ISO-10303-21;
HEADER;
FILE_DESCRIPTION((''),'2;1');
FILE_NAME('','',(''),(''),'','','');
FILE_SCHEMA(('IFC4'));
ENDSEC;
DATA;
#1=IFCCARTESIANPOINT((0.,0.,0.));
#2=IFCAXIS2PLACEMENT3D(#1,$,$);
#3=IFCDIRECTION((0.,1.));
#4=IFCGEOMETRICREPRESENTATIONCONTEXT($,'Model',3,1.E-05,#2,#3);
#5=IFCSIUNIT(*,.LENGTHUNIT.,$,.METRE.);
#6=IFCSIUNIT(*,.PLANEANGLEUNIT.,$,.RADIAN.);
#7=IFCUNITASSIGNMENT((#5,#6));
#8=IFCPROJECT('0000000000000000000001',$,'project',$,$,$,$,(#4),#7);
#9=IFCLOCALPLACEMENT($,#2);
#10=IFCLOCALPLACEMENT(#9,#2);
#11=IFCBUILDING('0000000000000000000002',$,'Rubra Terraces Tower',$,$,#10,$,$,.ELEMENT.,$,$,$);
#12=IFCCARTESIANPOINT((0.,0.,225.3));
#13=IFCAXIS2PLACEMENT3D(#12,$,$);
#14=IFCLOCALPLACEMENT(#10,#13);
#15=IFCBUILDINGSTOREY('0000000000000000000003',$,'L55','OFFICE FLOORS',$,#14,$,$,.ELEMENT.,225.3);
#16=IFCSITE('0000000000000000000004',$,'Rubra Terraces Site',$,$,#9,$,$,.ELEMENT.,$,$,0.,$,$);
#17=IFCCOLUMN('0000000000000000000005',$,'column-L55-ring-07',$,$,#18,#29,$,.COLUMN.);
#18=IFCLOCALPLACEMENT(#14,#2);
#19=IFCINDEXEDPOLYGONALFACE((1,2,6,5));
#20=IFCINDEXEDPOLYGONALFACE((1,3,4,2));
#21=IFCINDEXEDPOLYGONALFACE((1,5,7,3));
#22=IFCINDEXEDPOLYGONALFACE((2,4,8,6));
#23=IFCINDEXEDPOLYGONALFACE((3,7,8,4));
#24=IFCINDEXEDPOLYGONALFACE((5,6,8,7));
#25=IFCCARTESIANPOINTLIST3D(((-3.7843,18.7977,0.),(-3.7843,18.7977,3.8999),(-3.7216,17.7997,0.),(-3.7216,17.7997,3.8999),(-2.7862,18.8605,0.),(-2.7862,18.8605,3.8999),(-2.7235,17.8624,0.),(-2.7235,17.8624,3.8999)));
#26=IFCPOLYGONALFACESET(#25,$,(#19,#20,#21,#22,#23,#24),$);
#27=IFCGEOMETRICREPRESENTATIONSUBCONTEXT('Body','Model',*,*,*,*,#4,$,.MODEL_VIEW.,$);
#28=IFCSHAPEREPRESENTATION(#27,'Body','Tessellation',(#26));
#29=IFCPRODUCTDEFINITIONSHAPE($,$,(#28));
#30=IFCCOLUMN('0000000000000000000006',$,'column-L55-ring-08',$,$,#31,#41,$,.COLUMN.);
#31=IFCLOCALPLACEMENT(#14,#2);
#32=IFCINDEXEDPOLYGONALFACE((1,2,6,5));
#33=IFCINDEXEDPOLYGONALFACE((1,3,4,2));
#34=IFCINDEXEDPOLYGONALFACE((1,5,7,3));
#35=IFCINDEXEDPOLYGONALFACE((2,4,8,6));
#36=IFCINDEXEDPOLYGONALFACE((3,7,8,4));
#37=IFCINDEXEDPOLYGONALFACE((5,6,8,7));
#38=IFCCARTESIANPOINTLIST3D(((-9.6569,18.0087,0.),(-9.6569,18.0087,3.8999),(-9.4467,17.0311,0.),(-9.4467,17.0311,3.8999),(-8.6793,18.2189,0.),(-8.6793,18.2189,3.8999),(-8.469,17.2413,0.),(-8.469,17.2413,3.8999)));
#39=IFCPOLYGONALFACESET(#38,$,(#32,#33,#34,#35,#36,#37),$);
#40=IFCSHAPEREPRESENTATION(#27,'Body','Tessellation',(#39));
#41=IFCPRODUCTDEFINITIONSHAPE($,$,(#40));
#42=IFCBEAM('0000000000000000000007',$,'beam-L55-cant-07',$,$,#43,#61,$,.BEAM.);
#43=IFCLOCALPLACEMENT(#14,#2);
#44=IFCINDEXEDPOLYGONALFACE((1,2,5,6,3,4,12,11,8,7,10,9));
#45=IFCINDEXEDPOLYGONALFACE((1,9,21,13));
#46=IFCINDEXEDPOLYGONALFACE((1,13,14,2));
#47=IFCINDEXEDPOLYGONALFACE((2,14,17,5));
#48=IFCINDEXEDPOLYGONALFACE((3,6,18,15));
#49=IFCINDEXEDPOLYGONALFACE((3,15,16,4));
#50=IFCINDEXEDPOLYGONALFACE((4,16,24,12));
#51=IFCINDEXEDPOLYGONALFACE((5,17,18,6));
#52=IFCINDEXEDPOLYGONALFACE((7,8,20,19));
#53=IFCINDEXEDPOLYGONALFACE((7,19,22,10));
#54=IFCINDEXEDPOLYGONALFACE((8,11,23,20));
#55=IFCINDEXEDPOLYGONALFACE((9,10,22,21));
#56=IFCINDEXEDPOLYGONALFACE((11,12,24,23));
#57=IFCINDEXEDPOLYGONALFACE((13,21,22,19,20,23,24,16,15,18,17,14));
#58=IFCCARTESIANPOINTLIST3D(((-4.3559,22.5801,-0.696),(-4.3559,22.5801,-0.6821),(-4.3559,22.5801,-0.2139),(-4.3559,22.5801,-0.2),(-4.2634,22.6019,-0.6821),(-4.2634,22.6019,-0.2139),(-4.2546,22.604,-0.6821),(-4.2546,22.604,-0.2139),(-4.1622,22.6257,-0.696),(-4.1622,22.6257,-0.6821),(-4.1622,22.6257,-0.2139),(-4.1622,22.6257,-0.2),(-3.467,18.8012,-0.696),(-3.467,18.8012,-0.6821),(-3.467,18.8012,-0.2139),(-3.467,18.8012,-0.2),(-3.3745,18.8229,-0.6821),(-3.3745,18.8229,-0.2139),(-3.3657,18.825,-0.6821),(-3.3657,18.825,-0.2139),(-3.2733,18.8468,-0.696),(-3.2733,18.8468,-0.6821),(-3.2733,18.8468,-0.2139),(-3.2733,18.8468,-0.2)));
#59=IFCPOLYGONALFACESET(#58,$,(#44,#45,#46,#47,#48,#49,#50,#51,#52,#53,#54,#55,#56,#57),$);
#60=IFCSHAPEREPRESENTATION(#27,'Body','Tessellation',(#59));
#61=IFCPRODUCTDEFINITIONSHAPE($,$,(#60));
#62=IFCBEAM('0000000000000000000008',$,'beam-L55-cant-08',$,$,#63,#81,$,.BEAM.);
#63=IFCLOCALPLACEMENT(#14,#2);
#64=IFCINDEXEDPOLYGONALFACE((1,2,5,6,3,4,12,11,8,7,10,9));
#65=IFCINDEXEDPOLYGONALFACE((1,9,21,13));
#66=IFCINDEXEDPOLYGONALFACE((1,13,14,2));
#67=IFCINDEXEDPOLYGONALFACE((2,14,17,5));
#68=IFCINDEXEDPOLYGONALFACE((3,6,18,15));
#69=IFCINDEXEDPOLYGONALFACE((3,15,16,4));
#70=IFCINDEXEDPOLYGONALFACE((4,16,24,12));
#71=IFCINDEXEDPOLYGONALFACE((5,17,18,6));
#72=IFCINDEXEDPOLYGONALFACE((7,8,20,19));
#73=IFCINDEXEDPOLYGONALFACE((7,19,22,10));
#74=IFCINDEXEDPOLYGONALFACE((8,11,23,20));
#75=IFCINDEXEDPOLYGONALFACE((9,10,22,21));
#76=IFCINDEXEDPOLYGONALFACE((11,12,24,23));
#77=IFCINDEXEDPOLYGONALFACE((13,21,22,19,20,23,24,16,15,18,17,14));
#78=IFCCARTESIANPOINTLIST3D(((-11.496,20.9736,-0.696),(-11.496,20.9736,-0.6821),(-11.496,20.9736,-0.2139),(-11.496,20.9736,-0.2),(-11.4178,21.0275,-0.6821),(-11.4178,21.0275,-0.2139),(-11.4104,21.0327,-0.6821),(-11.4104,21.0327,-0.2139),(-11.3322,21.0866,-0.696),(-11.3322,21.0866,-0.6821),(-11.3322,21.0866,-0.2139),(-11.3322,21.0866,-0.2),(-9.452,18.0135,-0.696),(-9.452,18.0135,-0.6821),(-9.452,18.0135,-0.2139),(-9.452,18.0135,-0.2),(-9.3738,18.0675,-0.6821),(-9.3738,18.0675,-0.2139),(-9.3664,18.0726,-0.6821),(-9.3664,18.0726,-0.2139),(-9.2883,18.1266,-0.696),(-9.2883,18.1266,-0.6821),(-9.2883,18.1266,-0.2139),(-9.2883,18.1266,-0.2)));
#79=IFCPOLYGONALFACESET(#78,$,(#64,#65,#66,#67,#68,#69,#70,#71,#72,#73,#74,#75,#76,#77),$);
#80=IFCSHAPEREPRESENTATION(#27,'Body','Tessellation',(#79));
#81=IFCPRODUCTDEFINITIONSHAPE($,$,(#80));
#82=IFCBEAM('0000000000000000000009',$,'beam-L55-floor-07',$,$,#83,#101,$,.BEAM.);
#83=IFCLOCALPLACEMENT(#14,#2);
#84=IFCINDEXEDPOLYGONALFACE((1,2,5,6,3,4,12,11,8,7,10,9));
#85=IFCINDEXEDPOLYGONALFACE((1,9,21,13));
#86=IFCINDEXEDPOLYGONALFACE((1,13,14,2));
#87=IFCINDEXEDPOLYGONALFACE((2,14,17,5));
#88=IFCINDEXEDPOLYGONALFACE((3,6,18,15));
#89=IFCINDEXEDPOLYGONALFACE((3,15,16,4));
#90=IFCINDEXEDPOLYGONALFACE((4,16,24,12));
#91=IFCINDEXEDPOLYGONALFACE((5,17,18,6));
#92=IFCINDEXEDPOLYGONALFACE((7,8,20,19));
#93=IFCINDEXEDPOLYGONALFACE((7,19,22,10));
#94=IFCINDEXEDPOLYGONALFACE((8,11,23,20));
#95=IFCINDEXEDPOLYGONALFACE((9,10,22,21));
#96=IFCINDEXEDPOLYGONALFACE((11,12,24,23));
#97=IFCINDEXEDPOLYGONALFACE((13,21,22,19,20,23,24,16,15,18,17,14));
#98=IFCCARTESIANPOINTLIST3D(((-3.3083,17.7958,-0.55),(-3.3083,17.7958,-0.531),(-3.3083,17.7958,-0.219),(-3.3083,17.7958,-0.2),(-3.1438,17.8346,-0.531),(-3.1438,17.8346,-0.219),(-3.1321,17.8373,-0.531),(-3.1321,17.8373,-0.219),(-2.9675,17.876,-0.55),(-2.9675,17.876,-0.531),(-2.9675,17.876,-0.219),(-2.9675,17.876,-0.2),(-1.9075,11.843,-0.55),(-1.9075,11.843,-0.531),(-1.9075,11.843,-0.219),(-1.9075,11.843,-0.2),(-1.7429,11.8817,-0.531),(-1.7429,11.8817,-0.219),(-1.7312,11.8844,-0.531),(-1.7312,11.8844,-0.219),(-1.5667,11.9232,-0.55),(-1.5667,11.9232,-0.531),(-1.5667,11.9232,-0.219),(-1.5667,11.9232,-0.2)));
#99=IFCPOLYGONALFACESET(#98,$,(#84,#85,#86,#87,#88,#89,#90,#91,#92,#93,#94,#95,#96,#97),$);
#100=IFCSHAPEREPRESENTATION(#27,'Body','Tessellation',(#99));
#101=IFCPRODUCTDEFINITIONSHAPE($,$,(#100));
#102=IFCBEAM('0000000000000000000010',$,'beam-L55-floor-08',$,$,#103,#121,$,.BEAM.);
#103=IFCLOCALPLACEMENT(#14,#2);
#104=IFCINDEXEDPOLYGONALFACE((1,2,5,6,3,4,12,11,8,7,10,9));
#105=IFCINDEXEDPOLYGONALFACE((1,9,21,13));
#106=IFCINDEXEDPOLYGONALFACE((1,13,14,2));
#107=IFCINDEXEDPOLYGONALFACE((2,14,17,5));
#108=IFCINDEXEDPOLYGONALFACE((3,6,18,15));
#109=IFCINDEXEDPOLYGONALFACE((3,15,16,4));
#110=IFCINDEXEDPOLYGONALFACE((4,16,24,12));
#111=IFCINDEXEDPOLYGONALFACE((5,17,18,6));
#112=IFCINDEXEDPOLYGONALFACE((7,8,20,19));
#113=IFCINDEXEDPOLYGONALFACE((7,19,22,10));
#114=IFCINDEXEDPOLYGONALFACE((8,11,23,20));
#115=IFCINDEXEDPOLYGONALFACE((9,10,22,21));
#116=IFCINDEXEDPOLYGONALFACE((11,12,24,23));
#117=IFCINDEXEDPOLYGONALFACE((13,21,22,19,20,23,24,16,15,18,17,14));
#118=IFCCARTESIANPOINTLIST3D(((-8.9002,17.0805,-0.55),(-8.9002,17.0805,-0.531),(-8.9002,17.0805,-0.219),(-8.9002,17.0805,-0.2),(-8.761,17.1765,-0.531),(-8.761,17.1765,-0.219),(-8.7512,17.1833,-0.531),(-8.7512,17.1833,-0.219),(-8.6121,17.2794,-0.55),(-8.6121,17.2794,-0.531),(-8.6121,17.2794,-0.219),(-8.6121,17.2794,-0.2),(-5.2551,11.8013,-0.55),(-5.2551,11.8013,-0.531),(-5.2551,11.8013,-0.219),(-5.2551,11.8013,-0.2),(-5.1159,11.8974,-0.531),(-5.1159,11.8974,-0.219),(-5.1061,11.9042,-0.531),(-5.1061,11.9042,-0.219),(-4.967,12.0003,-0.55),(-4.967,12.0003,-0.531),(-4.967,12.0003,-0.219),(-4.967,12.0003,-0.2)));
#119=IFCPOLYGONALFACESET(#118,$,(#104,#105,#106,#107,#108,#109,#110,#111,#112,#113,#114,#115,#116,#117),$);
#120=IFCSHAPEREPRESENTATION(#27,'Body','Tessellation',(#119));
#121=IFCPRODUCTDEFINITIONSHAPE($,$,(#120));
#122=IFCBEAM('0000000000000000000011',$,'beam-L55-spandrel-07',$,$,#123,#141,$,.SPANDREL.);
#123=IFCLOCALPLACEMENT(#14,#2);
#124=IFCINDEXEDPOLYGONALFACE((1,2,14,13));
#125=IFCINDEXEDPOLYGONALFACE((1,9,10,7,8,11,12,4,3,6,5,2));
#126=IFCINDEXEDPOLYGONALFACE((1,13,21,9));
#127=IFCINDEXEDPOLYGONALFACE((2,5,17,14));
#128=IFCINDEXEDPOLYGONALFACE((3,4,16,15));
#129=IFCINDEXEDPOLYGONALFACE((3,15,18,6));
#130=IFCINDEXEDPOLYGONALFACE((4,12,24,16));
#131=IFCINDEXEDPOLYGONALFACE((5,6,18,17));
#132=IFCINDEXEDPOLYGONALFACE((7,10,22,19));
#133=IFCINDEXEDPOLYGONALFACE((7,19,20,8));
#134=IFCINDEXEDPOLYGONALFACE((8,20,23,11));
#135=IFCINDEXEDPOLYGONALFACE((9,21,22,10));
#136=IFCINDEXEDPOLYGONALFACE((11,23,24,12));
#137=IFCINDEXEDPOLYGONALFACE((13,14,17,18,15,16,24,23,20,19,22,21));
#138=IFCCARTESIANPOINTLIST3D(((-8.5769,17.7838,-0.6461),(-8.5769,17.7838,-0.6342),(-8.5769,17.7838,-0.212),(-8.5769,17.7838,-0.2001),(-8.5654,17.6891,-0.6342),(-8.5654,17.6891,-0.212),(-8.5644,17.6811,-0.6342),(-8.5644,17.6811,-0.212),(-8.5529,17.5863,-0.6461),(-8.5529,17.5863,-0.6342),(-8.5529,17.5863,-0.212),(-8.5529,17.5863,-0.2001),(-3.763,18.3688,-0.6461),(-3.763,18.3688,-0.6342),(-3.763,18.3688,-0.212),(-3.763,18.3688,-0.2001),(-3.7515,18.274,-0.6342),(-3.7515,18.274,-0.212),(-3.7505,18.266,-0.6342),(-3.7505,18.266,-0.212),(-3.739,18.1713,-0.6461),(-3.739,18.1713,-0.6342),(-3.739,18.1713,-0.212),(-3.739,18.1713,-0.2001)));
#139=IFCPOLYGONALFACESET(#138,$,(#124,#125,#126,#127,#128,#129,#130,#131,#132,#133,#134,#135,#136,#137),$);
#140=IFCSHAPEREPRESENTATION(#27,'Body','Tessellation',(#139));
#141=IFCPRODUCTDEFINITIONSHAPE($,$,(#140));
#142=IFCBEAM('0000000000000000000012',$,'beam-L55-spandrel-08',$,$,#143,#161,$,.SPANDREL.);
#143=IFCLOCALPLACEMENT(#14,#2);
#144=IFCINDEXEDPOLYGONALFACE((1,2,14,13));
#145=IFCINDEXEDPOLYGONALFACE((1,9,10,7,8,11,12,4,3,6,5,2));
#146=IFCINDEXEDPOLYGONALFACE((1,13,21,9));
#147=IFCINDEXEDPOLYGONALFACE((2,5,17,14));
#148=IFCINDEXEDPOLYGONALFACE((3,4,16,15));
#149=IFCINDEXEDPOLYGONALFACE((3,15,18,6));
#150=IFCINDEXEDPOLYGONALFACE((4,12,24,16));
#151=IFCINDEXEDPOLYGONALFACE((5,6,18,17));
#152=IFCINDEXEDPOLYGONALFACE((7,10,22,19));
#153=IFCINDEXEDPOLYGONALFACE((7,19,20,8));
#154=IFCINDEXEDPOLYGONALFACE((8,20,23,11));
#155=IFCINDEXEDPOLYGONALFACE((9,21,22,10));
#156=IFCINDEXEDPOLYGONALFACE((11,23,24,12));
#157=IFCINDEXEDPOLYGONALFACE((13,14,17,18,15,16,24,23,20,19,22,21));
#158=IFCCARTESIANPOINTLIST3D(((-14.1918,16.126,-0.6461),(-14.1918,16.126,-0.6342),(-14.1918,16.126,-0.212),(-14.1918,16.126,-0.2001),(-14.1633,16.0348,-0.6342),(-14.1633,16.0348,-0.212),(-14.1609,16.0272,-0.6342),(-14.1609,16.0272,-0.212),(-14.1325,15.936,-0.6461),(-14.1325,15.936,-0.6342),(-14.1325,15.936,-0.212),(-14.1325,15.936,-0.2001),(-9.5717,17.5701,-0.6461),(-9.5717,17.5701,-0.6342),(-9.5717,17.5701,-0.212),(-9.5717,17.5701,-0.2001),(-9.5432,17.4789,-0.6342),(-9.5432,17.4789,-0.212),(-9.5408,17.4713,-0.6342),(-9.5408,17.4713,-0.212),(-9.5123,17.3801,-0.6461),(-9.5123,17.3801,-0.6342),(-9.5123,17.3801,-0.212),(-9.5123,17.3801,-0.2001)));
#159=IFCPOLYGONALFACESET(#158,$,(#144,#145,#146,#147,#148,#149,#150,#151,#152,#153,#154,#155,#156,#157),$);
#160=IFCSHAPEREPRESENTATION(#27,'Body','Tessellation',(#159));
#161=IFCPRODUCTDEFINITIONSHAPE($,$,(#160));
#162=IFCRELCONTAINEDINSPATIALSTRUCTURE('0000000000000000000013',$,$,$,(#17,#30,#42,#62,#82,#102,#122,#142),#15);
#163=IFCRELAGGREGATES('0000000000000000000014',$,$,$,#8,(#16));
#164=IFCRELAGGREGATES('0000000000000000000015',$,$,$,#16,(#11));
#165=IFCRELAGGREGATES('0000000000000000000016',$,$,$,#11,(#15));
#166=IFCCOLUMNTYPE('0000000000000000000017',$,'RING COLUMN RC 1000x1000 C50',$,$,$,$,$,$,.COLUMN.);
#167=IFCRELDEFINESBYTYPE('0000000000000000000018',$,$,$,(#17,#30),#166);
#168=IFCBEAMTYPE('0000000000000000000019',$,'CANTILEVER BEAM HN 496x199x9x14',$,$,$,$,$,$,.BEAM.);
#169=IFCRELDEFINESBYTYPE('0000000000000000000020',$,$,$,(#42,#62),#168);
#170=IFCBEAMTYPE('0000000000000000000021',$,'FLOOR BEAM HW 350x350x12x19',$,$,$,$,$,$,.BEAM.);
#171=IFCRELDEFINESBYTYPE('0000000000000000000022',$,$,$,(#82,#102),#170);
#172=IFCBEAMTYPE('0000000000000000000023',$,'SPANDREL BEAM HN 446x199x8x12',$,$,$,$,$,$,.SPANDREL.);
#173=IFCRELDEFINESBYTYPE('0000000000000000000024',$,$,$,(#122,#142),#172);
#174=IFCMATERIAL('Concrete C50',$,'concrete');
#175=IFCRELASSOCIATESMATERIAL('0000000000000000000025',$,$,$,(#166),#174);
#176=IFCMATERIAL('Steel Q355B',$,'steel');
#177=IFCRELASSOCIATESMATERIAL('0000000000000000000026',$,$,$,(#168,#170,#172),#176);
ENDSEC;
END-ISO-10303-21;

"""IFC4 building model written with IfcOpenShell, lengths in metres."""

from ifc_helpers import new_model, si_unit, direction, frame, origin, origin_2d, place, context, subcontext, project, spatial, rectangle, i_section, extrude, material, material_profile, profile_set, type_object, element, save


model = new_model("IFC4")

# Units and contexts
model_context = context("Model", 3, precision=1e-05, world=origin(), true_north=direction((0.0, 1.0)))
body_context = subcontext(model_context, "Body", "Model", "MODEL_VIEW")
ifc_project = project(units=[si_unit("LENGTHUNIT", "METRE"), si_unit("PLANEANGLEUNIT", "RADIAN")], contexts=[model_context])

# Site, building, storey
site_placement = place(None, origin())
site = spatial("IfcSite", under=ifc_project, at=site_placement, Name="Rubra Terraces Site", CompositionType="ELEMENT", RefElevation=0.0)
building_placement = place(site_placement, origin())
building = spatial("IfcBuilding", under=site, at=building_placement, Name="Rubra Terraces Tower", CompositionType="ELEMENT")
storey_placement = place(building_placement, frame((0.0, 0.0, 225.3)))
storey = spatial("IfcBuildingStorey", under=building, at=storey_placement, Name="L55", Description="OFFICE FLOORS", CompositionType="ELEMENT", Elevation=225.3)

# Columns
ifc_material_1 = material(Name="Concrete C50", Category="concrete")
ifc_material_profile_1 = material_profile(ifc_material_1, rectangle(XDim=1.0, YDim=1.0, at=origin_2d()), Name="RC 1000x1000")
ifc_profile_set_1 = profile_set([ifc_material_profile_1], Name="Concrete C50")
column_type = type_object("IfcColumnType", Name="RING COLUMN RC 1000x1000 C50", PredefinedType="COLUMN", material=ifc_profile_set_1)
for number, where, z_axis, x_axis, name in (
    (1, (-3.2539, 18.3301, 0.0), (0.0, 0.0, 1.0), (-0.998032, -0.062714, 0.0), "column-L55-ring-07"),
    (2, (-9.063, 17.625, 0.0), (0.0, 0.0, 1.0), (-0.977653, -0.210227, 0.0), "column-L55-ring-08"),
):
    element("IfcColumn", number, at=place(storey_placement, frame(where, z_axis=z_axis, x_axis=x_axis)), inside=storey, type_object=column_type, Name=name, PredefinedType="COLUMN", context=body_context, shape_type="SweptSolid", body=[
        extrude(rectangle(XDim=1.0, YDim=1.0, at=origin_2d()), origin(), (0.0, 0.0, 1.0), 3.8999),
    ])

# Beams
ifc_material_2 = material(Name="Steel Q355B", Category="steel")
ifc_material_profile_2 = material_profile(ifc_material_2, i_section(OverallWidth=0.199, OverallDepth=0.4961, WebThickness=0.009, FlangeThickness=0.0139, at=origin_2d()), Name="HN 496x199x9x14")
ifc_profile_set_2 = profile_set([ifc_material_profile_2], Name="Steel Q355B")
beam_type_1 = type_object("IfcBeamType", Name="CANTILEVER BEAM HN 496x199x9x14", PredefinedType="BEAM", material=ifc_profile_set_2)
beam_1_placement = place(storey_placement, frame((-3.3701, 18.824, -0.448), z_axis=(-0.228973, 0.973433, 0.0), x_axis=(-0.973433, -0.228973, 0.0)))
element("IfcBeam", 3, at=beam_1_placement, inside=storey, type_object=beam_type_1, Name="beam-L55-cant-07", PredefinedType="BEAM", context=body_context, shape_type="SweptSolid", body=[
    extrude(i_section(OverallWidth=0.199, OverallDepth=0.4961, WebThickness=0.009, FlangeThickness=0.0139, at=origin_2d()), origin(), (0.0, 0.0, 1.0), 3.8821),
])
beam_2_placement = place(storey_placement, frame((-9.3701, 18.0701, -0.448), z_axis=(-0.568221, 0.822876, 0.0), x_axis=(-0.822876, -0.568221, 0.0)))
element("IfcBeam", 4, at=beam_2_placement, inside=storey, type_object=beam_type_1, Name="beam-L55-cant-08", PredefinedType="BEAM", context=body_context, shape_type="SweptSolid", body=[
    extrude(i_section(OverallWidth=0.199, OverallDepth=0.4961, WebThickness=0.009, FlangeThickness=0.0139, at=origin_2d()), origin(), (0.0, 0.0, 1.0), 3.5972),
])
ifc_material_profile_3 = material_profile(ifc_material_2, i_section(OverallWidth=0.3501, OverallDepth=0.3501, WebThickness=0.012, FlangeThickness=0.019, at=origin_2d()), Name="HW 350x350x12x19")
ifc_profile_set_3 = profile_set([ifc_material_profile_3], Name="Steel Q355B")
beam_type_2 = type_object("IfcBeamType", Name="FLOOR BEAM HW 350x350x12x19", PredefinedType="BEAM", material=ifc_profile_set_3)
beam_3_placement = place(storey_placement, frame((-3.1379, 17.8359, -0.375), z_axis=(0.22907, -0.97341, 0.0), x_axis=(0.97341, 0.22907, 0.0)))
element("IfcBeam", 5, at=beam_3_placement, inside=storey, type_object=beam_type_2, Name="beam-L55-floor-07", PredefinedType="BEAM", context=body_context, shape_type="SweptSolid", body=[
    extrude(i_section(OverallWidth=0.3501, OverallDepth=0.3501, WebThickness=0.012, FlangeThickness=0.019, at=origin_2d()), origin(), (0.0, 0.0, 1.0), 6.1155),
])
beam_4_placement = place(storey_placement, frame((-8.7561, 17.1799, -0.375), z_axis=(0.568186, -0.8229, 0.0), x_axis=(0.8229, 0.568186, 0.0)))
element("IfcBeam", 6, at=beam_4_placement, inside=storey, type_object=beam_type_2, Name="beam-L55-floor-08", PredefinedType="BEAM", context=body_context, shape_type="SweptSolid", body=[
    extrude(i_section(OverallWidth=0.3501, OverallDepth=0.3501, WebThickness=0.012, FlangeThickness=0.019, at=origin_2d()), origin(), (0.0, 0.0, 1.0), 6.4153),
])
ifc_material_profile_4 = material_profile(ifc_material_2, i_section(OverallWidth=0.199, OverallDepth=0.446, WebThickness=0.0081, FlangeThickness=0.012, at=origin_2d()), Name="HN 446x199x8x12")
ifc_profile_set_4 = profile_set([ifc_material_profile_4], Name="Steel Q355B")
beam_type_3 = type_object("IfcBeamType", Name="SPANDREL BEAM HN 446x199x8x12", PredefinedType="SPANDREL", material=ifc_profile_set_4)
beam_5_placement = place(storey_placement, frame((-3.751, 18.27, -0.4231), z_axis=(-0.992698, -0.120626, 0.0), x_axis=(0.120626, -0.992698, 0.0)))
element("IfcBeam", 7, at=beam_5_placement, inside=storey, type_object=beam_type_3, Name="beam-L55-spandrel-07", PredefinedType="SPANDREL", context=body_context, shape_type="SweptSolid", body=[
    extrude(i_section(OverallWidth=0.199, OverallDepth=0.446, WebThickness=0.0081, FlangeThickness=0.012, at=origin_2d()), origin(), (0.0, 0.0, 1.0), 4.8494),
])
beam_6_placement = place(storey_placement, frame((-9.542, 17.4751, -0.4231), z_axis=(-0.954462, -0.298332, 0.0), x_axis=(0.298332, -0.954462, 0.0)))
element("IfcBeam", 8, at=beam_6_placement, inside=storey, type_object=beam_type_3, Name="beam-L55-spandrel-08", PredefinedType="SPANDREL", context=body_context, shape_type="SweptSolid", body=[
    extrude(i_section(OverallWidth=0.199, OverallDepth=0.446, WebThickness=0.0081, FlangeThickness=0.012, at=origin_2d()), origin(), (0.0, 0.0, 1.0), 4.8406),
])

save(model, "model.ifc")
